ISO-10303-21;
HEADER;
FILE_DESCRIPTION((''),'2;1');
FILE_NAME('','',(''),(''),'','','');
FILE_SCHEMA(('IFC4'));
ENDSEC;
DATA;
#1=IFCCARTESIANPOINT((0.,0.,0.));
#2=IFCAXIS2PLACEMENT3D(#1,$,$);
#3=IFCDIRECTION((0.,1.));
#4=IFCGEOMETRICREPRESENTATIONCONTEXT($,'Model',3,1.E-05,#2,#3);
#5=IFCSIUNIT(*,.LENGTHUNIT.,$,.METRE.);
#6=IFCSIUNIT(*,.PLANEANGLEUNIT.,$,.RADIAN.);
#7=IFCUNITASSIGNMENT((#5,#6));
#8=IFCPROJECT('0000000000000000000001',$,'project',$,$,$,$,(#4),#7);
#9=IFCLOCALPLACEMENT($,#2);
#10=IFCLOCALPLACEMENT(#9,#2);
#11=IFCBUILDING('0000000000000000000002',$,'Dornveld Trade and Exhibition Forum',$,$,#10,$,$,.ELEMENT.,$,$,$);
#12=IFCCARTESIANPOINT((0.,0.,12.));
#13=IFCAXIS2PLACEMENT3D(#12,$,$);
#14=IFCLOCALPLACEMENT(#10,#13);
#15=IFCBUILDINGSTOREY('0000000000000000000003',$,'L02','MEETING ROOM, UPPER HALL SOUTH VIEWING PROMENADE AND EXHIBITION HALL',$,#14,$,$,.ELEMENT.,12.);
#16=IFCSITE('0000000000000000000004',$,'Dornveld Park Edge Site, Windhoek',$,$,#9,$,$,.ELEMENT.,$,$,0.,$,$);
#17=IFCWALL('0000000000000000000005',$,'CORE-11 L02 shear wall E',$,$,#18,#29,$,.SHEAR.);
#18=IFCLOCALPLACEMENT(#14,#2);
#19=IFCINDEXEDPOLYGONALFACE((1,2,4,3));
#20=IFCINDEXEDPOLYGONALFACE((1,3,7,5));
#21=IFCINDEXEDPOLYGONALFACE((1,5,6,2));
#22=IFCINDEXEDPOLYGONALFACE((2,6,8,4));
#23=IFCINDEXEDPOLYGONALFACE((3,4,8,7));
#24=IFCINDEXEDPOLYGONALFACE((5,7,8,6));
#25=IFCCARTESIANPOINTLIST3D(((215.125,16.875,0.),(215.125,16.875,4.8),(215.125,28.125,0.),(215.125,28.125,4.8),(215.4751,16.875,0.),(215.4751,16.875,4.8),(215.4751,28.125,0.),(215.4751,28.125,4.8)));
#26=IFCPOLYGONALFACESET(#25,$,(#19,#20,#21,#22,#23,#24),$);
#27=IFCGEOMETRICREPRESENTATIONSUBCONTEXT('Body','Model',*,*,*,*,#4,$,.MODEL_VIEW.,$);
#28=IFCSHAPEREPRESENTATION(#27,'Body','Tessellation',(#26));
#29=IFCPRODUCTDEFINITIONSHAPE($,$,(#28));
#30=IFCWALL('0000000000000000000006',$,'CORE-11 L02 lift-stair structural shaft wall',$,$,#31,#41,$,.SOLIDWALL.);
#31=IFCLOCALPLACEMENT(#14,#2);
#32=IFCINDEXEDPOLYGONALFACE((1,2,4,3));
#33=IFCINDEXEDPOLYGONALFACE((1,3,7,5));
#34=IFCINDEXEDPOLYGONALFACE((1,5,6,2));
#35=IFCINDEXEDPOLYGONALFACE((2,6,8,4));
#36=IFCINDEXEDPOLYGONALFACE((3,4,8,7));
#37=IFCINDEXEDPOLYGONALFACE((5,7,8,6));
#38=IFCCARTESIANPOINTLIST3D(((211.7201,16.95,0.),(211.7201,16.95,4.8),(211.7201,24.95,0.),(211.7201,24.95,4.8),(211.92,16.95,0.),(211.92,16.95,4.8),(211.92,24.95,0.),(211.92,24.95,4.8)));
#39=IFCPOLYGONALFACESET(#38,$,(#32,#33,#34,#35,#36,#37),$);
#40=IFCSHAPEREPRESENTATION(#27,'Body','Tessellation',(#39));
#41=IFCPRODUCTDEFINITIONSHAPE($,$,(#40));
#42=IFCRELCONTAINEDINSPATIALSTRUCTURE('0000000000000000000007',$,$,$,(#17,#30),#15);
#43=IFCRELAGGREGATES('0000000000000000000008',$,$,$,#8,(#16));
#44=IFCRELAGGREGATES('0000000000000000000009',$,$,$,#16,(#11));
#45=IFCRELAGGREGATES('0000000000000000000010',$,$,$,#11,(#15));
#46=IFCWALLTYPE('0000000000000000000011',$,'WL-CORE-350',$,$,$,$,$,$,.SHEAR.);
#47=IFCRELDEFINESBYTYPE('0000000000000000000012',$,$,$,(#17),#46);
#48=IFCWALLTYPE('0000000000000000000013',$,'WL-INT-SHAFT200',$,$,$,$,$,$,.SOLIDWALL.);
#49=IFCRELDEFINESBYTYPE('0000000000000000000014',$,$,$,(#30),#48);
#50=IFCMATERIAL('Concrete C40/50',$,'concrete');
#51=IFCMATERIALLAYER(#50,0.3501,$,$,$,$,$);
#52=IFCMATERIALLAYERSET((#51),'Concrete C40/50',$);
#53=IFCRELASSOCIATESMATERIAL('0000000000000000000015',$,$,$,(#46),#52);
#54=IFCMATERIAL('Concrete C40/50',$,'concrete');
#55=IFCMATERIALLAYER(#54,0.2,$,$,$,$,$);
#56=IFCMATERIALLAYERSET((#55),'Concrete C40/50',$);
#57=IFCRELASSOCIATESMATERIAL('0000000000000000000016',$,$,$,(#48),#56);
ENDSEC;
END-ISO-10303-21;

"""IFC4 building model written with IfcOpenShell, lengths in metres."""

from ifc_helpers import new_model, si_unit, direction, frame, frame_2d, origin, place, context, subcontext, project, spatial, rectangle, extrude, material, layer, layer_set, type_object, element, save


model = new_model("IFC4")

# Units and contexts
model_context = context("Model", 3, precision=1e-05, world=origin(), true_north=direction((0.0, 1.0)))
body_context = subcontext(model_context, "Body", "Model", "MODEL_VIEW")
ifc_project = project(units=[si_unit("LENGTHUNIT", "METRE"), si_unit("PLANEANGLEUNIT", "RADIAN")], contexts=[model_context])

# Site, building, storey
site_placement = place(None, origin())
site = spatial("IfcSite", under=ifc_project, at=site_placement, Name="Dornveld Park Edge Site, Windhoek", CompositionType="ELEMENT", RefElevation=0.0)
building_placement = place(site_placement, origin())
building = spatial("IfcBuilding", under=site, at=building_placement, Name="Dornveld Trade and Exhibition Forum", CompositionType="ELEMENT")
storey_placement = place(building_placement, frame((0.0, 0.0, 12.0)))
storey = spatial("IfcBuildingStorey", under=building, at=storey_placement, Name="L02", Description="MEETING ROOM, UPPER HALL SOUTH VIEWING PROMENADE AND EXHIBITION HALL", CompositionType="ELEMENT", Elevation=12.0)

# Walls
ifc_material_1 = material(Name="Concrete C40/50", Category="concrete")
ifc_layer_1 = layer(ifc_material_1, 0.3501)
ifc_layer_set_1 = layer_set([ifc_layer_1], Name="Concrete C40/50")
wall_type_1 = type_object("IfcWallType", Name="WL-CORE-350", PredefinedType="SHEAR", material=ifc_layer_set_1)
wall_1_placement = place(storey_placement, frame((215.3, 16.875, 0.0), z_axis=(0.0, 0.0, 1.0), x_axis=(0.0, 1.0, 0.0)))
element("IfcWall", 1, at=wall_1_placement, inside=storey, type_object=wall_type_1, Name="CORE-11 L02 shear wall E", PredefinedType="SHEAR", context=body_context, shape_type="SweptSolid", body=[
    extrude(rectangle(XDim=11.25, YDim=0.3501, at=frame_2d((5.625, 0.0))), origin(), (0.0, 0.0, 1.0), 4.8),
])
ifc_material_2 = material(Name="Concrete C40/50", Category="concrete")
ifc_layer_2 = layer(ifc_material_2, 0.2)
ifc_layer_set_2 = layer_set([ifc_layer_2], Name="Concrete C40/50")
wall_type_2 = type_object("IfcWallType", Name="WL-INT-SHAFT200", PredefinedType="SOLIDWALL", material=ifc_layer_set_2)
wall_2_placement = place(storey_placement, frame((211.8201, 16.95, 0.0), z_axis=(0.0, 0.0, 1.0), x_axis=(0.0, 1.0, 0.0)))
element("IfcWall", 2, at=wall_2_placement, inside=storey, type_object=wall_type_2, Name="CORE-11 L02 lift-stair structural shaft wall", PredefinedType="SOLIDWALL", context=body_context, shape_type="SweptSolid", body=[
    extrude(rectangle(XDim=8.0, YDim=0.2, at=frame_2d((4.0, 0.0))), origin(), (0.0, 0.0, 1.0), 4.8),
])

save(model, "model.ifc")
